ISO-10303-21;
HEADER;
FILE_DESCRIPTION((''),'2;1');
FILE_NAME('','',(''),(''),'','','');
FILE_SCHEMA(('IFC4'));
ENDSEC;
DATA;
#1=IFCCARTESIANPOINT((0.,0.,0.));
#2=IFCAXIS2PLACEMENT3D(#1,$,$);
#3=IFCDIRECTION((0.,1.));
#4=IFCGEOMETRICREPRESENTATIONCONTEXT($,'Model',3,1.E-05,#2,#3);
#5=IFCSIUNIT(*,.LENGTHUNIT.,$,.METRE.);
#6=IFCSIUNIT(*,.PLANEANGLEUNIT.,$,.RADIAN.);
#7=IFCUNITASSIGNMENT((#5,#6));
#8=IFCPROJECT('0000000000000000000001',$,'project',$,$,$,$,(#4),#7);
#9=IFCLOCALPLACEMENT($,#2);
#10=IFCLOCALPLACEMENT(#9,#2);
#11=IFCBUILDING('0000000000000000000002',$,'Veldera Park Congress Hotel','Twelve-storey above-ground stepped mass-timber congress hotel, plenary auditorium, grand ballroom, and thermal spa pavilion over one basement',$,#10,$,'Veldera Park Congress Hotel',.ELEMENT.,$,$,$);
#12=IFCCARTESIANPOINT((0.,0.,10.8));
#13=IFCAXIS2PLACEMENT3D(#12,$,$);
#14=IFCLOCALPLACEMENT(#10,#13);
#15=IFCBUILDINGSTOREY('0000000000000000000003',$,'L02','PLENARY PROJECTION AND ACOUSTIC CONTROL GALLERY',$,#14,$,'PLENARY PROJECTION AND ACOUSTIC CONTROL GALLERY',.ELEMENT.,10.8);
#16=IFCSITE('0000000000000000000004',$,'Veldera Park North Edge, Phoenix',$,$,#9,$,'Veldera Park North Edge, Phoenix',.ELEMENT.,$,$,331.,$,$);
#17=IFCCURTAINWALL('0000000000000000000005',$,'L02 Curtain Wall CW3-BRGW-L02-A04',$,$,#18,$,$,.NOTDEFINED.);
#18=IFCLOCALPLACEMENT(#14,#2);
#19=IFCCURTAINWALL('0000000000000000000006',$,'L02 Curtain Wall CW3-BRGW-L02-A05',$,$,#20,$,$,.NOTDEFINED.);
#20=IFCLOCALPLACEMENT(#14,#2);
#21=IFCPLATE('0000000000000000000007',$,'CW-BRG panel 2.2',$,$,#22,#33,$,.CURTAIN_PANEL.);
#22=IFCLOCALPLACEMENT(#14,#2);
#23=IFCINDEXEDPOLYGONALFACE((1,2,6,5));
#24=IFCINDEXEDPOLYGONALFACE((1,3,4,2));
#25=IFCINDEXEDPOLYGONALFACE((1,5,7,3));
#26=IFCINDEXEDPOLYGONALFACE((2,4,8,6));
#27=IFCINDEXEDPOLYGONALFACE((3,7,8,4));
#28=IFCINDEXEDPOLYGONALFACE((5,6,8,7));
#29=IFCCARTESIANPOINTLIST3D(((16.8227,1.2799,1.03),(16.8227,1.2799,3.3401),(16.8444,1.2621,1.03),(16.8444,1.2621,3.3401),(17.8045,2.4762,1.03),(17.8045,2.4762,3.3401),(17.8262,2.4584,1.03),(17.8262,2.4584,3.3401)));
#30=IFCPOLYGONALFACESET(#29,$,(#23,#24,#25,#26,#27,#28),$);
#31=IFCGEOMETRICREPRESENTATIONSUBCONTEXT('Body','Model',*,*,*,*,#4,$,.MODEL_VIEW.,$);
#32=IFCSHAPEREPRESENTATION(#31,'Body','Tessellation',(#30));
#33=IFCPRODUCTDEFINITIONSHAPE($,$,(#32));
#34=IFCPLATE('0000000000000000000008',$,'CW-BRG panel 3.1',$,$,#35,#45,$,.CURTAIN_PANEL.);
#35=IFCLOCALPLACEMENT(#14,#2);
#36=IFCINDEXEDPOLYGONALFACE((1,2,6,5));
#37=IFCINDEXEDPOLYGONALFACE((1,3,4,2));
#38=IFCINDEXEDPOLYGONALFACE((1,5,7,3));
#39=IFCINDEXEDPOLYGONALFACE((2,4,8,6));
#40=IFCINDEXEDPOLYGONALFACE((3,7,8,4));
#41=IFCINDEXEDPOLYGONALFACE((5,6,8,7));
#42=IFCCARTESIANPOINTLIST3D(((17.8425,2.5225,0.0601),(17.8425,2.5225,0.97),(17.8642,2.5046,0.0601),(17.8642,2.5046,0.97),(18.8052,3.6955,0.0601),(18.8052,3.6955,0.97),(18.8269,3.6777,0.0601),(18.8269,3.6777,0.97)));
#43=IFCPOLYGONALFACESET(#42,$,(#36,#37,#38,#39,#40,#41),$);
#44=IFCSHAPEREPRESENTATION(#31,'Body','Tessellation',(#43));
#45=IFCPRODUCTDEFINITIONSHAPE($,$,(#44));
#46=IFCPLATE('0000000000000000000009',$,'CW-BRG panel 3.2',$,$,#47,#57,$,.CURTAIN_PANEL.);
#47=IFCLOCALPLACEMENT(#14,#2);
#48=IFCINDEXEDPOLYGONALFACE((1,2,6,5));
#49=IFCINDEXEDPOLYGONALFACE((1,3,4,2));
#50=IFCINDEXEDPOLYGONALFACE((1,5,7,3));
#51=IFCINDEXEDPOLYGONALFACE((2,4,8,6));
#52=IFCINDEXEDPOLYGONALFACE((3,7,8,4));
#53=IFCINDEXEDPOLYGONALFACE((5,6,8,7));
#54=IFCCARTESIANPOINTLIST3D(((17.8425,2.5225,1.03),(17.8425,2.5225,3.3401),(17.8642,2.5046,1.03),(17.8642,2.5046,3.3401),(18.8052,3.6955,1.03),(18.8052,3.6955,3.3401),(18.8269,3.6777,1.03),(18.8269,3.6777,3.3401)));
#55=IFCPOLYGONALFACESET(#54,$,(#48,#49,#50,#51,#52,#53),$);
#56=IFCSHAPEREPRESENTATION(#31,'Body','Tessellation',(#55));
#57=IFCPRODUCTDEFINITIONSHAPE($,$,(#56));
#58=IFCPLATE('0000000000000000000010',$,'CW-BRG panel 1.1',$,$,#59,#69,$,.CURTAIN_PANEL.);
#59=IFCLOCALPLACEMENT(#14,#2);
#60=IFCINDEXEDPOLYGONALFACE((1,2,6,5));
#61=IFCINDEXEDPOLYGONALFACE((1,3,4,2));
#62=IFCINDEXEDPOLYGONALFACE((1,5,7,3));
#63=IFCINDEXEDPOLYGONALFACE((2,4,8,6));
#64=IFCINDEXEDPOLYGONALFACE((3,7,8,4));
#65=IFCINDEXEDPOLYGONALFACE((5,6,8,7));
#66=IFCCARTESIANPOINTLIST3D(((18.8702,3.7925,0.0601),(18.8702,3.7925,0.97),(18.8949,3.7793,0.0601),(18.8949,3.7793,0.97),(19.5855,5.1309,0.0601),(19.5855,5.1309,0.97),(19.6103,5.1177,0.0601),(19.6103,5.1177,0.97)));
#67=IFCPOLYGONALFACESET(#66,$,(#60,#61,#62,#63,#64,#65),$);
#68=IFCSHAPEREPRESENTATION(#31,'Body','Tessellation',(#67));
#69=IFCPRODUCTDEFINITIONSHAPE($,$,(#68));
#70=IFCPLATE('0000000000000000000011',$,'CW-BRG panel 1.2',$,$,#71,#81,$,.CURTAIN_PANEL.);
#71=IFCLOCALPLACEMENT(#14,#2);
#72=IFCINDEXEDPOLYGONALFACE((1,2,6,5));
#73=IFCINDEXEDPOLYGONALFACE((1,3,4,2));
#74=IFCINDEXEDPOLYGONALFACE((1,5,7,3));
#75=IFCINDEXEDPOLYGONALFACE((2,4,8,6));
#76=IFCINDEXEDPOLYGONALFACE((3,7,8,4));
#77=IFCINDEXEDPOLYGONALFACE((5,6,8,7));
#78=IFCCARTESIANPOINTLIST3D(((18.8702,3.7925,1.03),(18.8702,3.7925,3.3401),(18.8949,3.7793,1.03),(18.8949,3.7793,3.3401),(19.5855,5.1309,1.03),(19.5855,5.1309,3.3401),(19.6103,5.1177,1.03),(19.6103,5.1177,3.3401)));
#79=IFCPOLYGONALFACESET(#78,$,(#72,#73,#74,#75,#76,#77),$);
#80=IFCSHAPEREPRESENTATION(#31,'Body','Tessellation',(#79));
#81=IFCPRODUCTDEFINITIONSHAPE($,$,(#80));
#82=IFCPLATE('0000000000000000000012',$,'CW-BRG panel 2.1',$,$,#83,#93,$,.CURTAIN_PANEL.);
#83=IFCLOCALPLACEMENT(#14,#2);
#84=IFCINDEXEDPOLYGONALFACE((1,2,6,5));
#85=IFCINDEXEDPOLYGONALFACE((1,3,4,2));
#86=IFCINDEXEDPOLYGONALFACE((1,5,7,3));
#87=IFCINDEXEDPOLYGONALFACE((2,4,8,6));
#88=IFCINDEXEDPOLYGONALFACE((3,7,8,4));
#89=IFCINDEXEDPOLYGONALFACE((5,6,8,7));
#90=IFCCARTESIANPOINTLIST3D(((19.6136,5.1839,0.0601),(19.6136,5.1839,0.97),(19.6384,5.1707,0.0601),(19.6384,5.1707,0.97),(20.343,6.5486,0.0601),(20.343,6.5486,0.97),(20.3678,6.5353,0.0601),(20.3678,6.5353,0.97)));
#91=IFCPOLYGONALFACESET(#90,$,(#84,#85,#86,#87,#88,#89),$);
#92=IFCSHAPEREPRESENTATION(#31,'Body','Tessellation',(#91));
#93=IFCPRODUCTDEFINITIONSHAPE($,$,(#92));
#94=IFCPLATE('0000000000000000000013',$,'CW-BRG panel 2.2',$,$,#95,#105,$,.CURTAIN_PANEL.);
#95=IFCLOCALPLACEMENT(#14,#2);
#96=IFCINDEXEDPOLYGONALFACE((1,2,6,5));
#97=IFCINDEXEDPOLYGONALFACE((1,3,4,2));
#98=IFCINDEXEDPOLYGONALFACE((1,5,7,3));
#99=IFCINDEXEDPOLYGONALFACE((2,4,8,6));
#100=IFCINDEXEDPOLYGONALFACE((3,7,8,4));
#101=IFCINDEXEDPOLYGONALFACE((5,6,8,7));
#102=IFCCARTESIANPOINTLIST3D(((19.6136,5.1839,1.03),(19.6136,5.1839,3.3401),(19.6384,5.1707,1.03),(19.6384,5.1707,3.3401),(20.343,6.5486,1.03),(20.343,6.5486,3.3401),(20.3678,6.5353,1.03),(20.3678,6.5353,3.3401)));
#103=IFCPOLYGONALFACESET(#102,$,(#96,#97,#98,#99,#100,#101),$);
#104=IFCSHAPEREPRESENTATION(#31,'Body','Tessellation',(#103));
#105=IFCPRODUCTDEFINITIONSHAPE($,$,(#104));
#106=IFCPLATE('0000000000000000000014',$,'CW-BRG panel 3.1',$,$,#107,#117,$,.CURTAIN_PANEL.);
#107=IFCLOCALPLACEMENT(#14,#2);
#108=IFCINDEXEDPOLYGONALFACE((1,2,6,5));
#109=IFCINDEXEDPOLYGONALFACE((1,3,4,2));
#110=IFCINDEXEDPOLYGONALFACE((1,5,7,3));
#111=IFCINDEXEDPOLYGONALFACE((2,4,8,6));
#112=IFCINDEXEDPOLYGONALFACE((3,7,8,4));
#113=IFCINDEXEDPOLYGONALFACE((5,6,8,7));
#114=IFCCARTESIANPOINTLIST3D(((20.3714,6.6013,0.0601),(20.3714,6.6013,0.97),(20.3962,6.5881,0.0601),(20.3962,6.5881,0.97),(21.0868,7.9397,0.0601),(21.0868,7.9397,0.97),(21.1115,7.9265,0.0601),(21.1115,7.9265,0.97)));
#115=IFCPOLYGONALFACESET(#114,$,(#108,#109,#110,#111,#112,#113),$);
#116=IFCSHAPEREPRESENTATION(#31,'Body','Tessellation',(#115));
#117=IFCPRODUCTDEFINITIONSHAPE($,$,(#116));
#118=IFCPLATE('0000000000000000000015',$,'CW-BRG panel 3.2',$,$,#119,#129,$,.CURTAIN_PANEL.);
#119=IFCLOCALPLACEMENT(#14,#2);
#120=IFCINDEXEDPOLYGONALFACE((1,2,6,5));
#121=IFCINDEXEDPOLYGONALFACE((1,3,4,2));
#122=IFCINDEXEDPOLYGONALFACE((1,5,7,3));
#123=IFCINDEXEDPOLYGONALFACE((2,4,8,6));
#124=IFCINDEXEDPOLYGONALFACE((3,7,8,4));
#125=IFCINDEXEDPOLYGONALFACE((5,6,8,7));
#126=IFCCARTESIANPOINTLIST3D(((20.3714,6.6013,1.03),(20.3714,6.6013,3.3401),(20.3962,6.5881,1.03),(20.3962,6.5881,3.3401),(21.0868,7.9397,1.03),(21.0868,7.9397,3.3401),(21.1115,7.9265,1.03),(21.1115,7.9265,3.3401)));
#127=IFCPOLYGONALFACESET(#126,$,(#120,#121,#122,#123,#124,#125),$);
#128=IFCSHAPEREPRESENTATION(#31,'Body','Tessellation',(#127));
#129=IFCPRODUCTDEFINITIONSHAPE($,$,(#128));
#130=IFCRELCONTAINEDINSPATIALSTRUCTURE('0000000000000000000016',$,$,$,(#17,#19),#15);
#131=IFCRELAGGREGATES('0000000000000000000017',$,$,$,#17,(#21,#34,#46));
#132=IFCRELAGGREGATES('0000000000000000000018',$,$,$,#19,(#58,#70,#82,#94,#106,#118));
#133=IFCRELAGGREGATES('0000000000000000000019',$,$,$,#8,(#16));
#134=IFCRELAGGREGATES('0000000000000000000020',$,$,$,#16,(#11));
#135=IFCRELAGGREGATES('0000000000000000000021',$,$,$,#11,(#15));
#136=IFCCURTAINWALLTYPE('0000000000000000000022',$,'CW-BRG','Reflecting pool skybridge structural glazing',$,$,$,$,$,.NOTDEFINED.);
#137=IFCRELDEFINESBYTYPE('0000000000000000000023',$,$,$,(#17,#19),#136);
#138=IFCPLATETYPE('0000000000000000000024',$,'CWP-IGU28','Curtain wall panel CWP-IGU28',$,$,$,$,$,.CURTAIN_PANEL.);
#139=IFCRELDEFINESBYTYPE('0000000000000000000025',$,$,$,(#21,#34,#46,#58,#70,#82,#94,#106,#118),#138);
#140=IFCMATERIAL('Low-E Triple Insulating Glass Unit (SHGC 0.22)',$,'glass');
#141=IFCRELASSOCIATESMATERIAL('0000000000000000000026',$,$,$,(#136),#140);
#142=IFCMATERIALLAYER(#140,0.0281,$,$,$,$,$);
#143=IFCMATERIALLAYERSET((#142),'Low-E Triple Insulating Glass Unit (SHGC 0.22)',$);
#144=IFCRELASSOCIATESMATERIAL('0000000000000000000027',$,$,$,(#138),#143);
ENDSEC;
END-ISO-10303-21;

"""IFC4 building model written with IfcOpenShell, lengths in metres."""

from ifc_helpers import new_model, si_unit, direction, frame, origin, origin_2d, place, context, subcontext, project, spatial, rectangle, extrude, material, layer, layer_set, type_object, element, aggregate, save


model = new_model("IFC4")

# Units and contexts
model_context = context("Model", 3, precision=1e-05, world=origin(), true_north=direction((0.0, 1.0)))
body_context = subcontext(model_context, "Body", "Model", "MODEL_VIEW")
ifc_project = project(units=[si_unit("LENGTHUNIT", "METRE"), si_unit("PLANEANGLEUNIT", "RADIAN")], contexts=[model_context])

# Site, building, storey
site_placement = place(None, origin())
site = spatial("IfcSite", under=ifc_project, at=site_placement, Name="Veldera Park North Edge, Phoenix", LongName="Veldera Park North Edge, Phoenix", CompositionType="ELEMENT", RefElevation=331.0)
building_placement = place(site_placement, origin())
building = spatial("IfcBuilding", under=site, at=building_placement, Name="Veldera Park Congress Hotel", Description="Twelve-storey above-ground stepped mass-timber congress hotel, plenary auditorium, grand ballroom, and thermal spa pavilion over one basement", LongName="Veldera Park Congress Hotel", CompositionType="ELEMENT")
storey_placement = place(building_placement, frame((0.0, 0.0, 10.8)))
storey = spatial("IfcBuildingStorey", under=building, at=storey_placement, Name="L02", Description="PLENARY PROJECTION AND ACOUSTIC CONTROL GALLERY", LongName="PLENARY PROJECTION AND ACOUSTIC CONTROL GALLERY", CompositionType="ELEMENT", Elevation=10.8)

# Curtain walls
ifc_material_1 = material(Name="Low-E Triple Insulating Glass Unit (SHGC 0.22)", Category="glass")
curtain_wall_type = type_object("IfcCurtainWallType", Name="CW-BRG", Description="Reflecting pool skybridge structural glazing", PredefinedType="NOTDEFINED", material=ifc_material_1)
curtain_wall_1_placement = place(storey_placement, origin())
curtain_wall_1 = element("IfcCurtainWall", 1, at=curtain_wall_1_placement, inside=storey, type_object=curtain_wall_type, Name="L02 Curtain Wall CW3-BRGW-L02-A04", PredefinedType="NOTDEFINED")
curtain_wall_2_placement = place(storey_placement, origin())
curtain_wall_2 = element("IfcCurtainWall", 2, at=curtain_wall_2_placement, inside=storey, type_object=curtain_wall_type, Name="L02 Curtain Wall CW3-BRGW-L02-A05", PredefinedType="NOTDEFINED")

# Plates
ifc_layer = layer(ifc_material_1, 0.0281)
ifc_layer_set = layer_set([ifc_layer], Name="Low-E Triple Insulating Glass Unit (SHGC 0.22)")
plate_type = type_object("IfcPlateType", Name="CWP-IGU28", Description="Curtain wall panel CWP-IGU28", PredefinedType="CURTAIN_PANEL", material=ifc_layer_set)
plate_1_placement = place(storey_placement, frame((17.3245, 1.8691, 1.03), z_axis=(0.0, 0.0, 1.0), x_axis=(0.634402, 0.773003, 0.0)))
plate_1 = element("IfcPlate", 3, at=plate_1_placement, type_object=plate_type, Name="CW-BRG panel 2.2", PredefinedType="CURTAIN_PANEL", context=body_context, shape_type="SweptSolid", body=[
    extrude(rectangle(XDim=1.5476, YDim=0.0281, at=origin_2d()), origin(), (0.0, 0.0, 1.0), 2.3101),
])
plate_2_placement = place(storey_placement, frame((18.3347, 3.1001, 0.0601), z_axis=(0.0, 0.0, 1.0), x_axis=(0.634402, 0.773003, 0.0)))
plate_2 = element("IfcPlate", 4, at=plate_2_placement, type_object=plate_type, Name="CW-BRG panel 3.1", PredefinedType="CURTAIN_PANEL", context=body_context, shape_type="SweptSolid", body=[
    extrude(rectangle(XDim=1.5176, YDim=0.0281, at=origin_2d()), origin(), (0.0, 0.0, 1.0), 0.9099),
])
plate_3_placement = place(storey_placement, frame((18.3347, 3.1001, 1.03), z_axis=(0.0, 0.0, 1.0), x_axis=(0.634402, 0.773003, 0.0)))
plate_3 = element("IfcPlate", 5, at=plate_3_placement, type_object=plate_type, Name="CW-BRG panel 3.2", PredefinedType="CURTAIN_PANEL", context=body_context, shape_type="SweptSolid", body=[
    extrude(rectangle(XDim=1.5176, YDim=0.0281, at=origin_2d()), origin(), (0.0, 0.0, 1.0), 2.3101),
])
aggregate(curtain_wall_1, [plate_1, plate_2, plate_3])
plate_4_placement = place(storey_placement, frame((19.2402, 4.4551, 0.0601), z_axis=(0.0, 0.0, 1.0), x_axis=(0.471385, 0.881928, 0.0)))
plate_4 = element("IfcPlate", 6, at=plate_4_placement, type_object=plate_type, Name="CW-BRG panel 1.1", PredefinedType="CURTAIN_PANEL", context=body_context, shape_type="SweptSolid", body=[
    extrude(rectangle(XDim=1.5176, YDim=0.0281, at=origin_2d()), origin(), (0.0, 0.0, 1.0), 0.9099),
])
plate_5_placement = place(storey_placement, frame((19.2402, 4.4551, 1.03), z_axis=(0.0, 0.0, 1.0), x_axis=(0.471385, 0.881928, 0.0)))
plate_5 = element("IfcPlate", 7, at=plate_5_placement, type_object=plate_type, Name="CW-BRG panel 1.2", PredefinedType="CURTAIN_PANEL", context=body_context, shape_type="SweptSolid", body=[
    extrude(rectangle(XDim=1.5176, YDim=0.0281, at=origin_2d()), origin(), (0.0, 0.0, 1.0), 2.3101),
])
plate_6_placement = place(storey_placement, frame((19.9907, 5.8596, 0.0601), z_axis=(0.0, 0.0, 1.0), x_axis=(0.471385, 0.881928, 0.0)))
plate_6 = element("IfcPlate", 8, at=plate_6_placement, type_object=plate_type, Name="CW-BRG panel 2.1", PredefinedType="CURTAIN_PANEL", context=body_context, shape_type="SweptSolid", body=[
    extrude(rectangle(XDim=1.5474, YDim=0.0281, at=origin_2d()), origin(), (0.0, 0.0, 1.0), 0.9099),
])
plate_7_placement = place(storey_placement, frame((19.9907, 5.8596, 1.03), z_axis=(0.0, 0.0, 1.0), x_axis=(0.471385, 0.881928, 0.0)))
plate_7 = element("IfcPlate", 9, at=plate_7_placement, type_object=plate_type, Name="CW-BRG panel 2.2", PredefinedType="CURTAIN_PANEL", context=body_context, shape_type="SweptSolid", body=[
    extrude(rectangle(XDim=1.5474, YDim=0.0281, at=origin_2d()), origin(), (0.0, 0.0, 1.0), 2.3101),
])
plate_8_placement = place(storey_placement, frame((20.7415, 7.2639, 0.0601), z_axis=(0.0, 0.0, 1.0), x_axis=(0.471385, 0.881928, 0.0)))
plate_8 = element("IfcPlate", 10, at=plate_8_placement, type_object=plate_type, Name="CW-BRG panel 3.1", PredefinedType="CURTAIN_PANEL", context=body_context, shape_type="SweptSolid", body=[
    extrude(rectangle(XDim=1.5176, YDim=0.0281, at=origin_2d()), origin(), (0.0, 0.0, 1.0), 0.9099),
])
plate_9_placement = place(storey_placement, frame((20.7415, 7.2639, 1.03), z_axis=(0.0, 0.0, 1.0), x_axis=(0.471385, 0.881928, 0.0)))
plate_9 = element("IfcPlate", 11, at=plate_9_placement, type_object=plate_type, Name="CW-BRG panel 3.2", PredefinedType="CURTAIN_PANEL", context=body_context, shape_type="SweptSolid", body=[
    extrude(rectangle(XDim=1.5176, YDim=0.0281, at=origin_2d()), origin(), (0.0, 0.0, 1.0), 2.3101),
])
aggregate(curtain_wall_2, [plate_4, plate_5, plate_6, plate_7, plate_8, plate_9])

save(model, "model.ifc")
